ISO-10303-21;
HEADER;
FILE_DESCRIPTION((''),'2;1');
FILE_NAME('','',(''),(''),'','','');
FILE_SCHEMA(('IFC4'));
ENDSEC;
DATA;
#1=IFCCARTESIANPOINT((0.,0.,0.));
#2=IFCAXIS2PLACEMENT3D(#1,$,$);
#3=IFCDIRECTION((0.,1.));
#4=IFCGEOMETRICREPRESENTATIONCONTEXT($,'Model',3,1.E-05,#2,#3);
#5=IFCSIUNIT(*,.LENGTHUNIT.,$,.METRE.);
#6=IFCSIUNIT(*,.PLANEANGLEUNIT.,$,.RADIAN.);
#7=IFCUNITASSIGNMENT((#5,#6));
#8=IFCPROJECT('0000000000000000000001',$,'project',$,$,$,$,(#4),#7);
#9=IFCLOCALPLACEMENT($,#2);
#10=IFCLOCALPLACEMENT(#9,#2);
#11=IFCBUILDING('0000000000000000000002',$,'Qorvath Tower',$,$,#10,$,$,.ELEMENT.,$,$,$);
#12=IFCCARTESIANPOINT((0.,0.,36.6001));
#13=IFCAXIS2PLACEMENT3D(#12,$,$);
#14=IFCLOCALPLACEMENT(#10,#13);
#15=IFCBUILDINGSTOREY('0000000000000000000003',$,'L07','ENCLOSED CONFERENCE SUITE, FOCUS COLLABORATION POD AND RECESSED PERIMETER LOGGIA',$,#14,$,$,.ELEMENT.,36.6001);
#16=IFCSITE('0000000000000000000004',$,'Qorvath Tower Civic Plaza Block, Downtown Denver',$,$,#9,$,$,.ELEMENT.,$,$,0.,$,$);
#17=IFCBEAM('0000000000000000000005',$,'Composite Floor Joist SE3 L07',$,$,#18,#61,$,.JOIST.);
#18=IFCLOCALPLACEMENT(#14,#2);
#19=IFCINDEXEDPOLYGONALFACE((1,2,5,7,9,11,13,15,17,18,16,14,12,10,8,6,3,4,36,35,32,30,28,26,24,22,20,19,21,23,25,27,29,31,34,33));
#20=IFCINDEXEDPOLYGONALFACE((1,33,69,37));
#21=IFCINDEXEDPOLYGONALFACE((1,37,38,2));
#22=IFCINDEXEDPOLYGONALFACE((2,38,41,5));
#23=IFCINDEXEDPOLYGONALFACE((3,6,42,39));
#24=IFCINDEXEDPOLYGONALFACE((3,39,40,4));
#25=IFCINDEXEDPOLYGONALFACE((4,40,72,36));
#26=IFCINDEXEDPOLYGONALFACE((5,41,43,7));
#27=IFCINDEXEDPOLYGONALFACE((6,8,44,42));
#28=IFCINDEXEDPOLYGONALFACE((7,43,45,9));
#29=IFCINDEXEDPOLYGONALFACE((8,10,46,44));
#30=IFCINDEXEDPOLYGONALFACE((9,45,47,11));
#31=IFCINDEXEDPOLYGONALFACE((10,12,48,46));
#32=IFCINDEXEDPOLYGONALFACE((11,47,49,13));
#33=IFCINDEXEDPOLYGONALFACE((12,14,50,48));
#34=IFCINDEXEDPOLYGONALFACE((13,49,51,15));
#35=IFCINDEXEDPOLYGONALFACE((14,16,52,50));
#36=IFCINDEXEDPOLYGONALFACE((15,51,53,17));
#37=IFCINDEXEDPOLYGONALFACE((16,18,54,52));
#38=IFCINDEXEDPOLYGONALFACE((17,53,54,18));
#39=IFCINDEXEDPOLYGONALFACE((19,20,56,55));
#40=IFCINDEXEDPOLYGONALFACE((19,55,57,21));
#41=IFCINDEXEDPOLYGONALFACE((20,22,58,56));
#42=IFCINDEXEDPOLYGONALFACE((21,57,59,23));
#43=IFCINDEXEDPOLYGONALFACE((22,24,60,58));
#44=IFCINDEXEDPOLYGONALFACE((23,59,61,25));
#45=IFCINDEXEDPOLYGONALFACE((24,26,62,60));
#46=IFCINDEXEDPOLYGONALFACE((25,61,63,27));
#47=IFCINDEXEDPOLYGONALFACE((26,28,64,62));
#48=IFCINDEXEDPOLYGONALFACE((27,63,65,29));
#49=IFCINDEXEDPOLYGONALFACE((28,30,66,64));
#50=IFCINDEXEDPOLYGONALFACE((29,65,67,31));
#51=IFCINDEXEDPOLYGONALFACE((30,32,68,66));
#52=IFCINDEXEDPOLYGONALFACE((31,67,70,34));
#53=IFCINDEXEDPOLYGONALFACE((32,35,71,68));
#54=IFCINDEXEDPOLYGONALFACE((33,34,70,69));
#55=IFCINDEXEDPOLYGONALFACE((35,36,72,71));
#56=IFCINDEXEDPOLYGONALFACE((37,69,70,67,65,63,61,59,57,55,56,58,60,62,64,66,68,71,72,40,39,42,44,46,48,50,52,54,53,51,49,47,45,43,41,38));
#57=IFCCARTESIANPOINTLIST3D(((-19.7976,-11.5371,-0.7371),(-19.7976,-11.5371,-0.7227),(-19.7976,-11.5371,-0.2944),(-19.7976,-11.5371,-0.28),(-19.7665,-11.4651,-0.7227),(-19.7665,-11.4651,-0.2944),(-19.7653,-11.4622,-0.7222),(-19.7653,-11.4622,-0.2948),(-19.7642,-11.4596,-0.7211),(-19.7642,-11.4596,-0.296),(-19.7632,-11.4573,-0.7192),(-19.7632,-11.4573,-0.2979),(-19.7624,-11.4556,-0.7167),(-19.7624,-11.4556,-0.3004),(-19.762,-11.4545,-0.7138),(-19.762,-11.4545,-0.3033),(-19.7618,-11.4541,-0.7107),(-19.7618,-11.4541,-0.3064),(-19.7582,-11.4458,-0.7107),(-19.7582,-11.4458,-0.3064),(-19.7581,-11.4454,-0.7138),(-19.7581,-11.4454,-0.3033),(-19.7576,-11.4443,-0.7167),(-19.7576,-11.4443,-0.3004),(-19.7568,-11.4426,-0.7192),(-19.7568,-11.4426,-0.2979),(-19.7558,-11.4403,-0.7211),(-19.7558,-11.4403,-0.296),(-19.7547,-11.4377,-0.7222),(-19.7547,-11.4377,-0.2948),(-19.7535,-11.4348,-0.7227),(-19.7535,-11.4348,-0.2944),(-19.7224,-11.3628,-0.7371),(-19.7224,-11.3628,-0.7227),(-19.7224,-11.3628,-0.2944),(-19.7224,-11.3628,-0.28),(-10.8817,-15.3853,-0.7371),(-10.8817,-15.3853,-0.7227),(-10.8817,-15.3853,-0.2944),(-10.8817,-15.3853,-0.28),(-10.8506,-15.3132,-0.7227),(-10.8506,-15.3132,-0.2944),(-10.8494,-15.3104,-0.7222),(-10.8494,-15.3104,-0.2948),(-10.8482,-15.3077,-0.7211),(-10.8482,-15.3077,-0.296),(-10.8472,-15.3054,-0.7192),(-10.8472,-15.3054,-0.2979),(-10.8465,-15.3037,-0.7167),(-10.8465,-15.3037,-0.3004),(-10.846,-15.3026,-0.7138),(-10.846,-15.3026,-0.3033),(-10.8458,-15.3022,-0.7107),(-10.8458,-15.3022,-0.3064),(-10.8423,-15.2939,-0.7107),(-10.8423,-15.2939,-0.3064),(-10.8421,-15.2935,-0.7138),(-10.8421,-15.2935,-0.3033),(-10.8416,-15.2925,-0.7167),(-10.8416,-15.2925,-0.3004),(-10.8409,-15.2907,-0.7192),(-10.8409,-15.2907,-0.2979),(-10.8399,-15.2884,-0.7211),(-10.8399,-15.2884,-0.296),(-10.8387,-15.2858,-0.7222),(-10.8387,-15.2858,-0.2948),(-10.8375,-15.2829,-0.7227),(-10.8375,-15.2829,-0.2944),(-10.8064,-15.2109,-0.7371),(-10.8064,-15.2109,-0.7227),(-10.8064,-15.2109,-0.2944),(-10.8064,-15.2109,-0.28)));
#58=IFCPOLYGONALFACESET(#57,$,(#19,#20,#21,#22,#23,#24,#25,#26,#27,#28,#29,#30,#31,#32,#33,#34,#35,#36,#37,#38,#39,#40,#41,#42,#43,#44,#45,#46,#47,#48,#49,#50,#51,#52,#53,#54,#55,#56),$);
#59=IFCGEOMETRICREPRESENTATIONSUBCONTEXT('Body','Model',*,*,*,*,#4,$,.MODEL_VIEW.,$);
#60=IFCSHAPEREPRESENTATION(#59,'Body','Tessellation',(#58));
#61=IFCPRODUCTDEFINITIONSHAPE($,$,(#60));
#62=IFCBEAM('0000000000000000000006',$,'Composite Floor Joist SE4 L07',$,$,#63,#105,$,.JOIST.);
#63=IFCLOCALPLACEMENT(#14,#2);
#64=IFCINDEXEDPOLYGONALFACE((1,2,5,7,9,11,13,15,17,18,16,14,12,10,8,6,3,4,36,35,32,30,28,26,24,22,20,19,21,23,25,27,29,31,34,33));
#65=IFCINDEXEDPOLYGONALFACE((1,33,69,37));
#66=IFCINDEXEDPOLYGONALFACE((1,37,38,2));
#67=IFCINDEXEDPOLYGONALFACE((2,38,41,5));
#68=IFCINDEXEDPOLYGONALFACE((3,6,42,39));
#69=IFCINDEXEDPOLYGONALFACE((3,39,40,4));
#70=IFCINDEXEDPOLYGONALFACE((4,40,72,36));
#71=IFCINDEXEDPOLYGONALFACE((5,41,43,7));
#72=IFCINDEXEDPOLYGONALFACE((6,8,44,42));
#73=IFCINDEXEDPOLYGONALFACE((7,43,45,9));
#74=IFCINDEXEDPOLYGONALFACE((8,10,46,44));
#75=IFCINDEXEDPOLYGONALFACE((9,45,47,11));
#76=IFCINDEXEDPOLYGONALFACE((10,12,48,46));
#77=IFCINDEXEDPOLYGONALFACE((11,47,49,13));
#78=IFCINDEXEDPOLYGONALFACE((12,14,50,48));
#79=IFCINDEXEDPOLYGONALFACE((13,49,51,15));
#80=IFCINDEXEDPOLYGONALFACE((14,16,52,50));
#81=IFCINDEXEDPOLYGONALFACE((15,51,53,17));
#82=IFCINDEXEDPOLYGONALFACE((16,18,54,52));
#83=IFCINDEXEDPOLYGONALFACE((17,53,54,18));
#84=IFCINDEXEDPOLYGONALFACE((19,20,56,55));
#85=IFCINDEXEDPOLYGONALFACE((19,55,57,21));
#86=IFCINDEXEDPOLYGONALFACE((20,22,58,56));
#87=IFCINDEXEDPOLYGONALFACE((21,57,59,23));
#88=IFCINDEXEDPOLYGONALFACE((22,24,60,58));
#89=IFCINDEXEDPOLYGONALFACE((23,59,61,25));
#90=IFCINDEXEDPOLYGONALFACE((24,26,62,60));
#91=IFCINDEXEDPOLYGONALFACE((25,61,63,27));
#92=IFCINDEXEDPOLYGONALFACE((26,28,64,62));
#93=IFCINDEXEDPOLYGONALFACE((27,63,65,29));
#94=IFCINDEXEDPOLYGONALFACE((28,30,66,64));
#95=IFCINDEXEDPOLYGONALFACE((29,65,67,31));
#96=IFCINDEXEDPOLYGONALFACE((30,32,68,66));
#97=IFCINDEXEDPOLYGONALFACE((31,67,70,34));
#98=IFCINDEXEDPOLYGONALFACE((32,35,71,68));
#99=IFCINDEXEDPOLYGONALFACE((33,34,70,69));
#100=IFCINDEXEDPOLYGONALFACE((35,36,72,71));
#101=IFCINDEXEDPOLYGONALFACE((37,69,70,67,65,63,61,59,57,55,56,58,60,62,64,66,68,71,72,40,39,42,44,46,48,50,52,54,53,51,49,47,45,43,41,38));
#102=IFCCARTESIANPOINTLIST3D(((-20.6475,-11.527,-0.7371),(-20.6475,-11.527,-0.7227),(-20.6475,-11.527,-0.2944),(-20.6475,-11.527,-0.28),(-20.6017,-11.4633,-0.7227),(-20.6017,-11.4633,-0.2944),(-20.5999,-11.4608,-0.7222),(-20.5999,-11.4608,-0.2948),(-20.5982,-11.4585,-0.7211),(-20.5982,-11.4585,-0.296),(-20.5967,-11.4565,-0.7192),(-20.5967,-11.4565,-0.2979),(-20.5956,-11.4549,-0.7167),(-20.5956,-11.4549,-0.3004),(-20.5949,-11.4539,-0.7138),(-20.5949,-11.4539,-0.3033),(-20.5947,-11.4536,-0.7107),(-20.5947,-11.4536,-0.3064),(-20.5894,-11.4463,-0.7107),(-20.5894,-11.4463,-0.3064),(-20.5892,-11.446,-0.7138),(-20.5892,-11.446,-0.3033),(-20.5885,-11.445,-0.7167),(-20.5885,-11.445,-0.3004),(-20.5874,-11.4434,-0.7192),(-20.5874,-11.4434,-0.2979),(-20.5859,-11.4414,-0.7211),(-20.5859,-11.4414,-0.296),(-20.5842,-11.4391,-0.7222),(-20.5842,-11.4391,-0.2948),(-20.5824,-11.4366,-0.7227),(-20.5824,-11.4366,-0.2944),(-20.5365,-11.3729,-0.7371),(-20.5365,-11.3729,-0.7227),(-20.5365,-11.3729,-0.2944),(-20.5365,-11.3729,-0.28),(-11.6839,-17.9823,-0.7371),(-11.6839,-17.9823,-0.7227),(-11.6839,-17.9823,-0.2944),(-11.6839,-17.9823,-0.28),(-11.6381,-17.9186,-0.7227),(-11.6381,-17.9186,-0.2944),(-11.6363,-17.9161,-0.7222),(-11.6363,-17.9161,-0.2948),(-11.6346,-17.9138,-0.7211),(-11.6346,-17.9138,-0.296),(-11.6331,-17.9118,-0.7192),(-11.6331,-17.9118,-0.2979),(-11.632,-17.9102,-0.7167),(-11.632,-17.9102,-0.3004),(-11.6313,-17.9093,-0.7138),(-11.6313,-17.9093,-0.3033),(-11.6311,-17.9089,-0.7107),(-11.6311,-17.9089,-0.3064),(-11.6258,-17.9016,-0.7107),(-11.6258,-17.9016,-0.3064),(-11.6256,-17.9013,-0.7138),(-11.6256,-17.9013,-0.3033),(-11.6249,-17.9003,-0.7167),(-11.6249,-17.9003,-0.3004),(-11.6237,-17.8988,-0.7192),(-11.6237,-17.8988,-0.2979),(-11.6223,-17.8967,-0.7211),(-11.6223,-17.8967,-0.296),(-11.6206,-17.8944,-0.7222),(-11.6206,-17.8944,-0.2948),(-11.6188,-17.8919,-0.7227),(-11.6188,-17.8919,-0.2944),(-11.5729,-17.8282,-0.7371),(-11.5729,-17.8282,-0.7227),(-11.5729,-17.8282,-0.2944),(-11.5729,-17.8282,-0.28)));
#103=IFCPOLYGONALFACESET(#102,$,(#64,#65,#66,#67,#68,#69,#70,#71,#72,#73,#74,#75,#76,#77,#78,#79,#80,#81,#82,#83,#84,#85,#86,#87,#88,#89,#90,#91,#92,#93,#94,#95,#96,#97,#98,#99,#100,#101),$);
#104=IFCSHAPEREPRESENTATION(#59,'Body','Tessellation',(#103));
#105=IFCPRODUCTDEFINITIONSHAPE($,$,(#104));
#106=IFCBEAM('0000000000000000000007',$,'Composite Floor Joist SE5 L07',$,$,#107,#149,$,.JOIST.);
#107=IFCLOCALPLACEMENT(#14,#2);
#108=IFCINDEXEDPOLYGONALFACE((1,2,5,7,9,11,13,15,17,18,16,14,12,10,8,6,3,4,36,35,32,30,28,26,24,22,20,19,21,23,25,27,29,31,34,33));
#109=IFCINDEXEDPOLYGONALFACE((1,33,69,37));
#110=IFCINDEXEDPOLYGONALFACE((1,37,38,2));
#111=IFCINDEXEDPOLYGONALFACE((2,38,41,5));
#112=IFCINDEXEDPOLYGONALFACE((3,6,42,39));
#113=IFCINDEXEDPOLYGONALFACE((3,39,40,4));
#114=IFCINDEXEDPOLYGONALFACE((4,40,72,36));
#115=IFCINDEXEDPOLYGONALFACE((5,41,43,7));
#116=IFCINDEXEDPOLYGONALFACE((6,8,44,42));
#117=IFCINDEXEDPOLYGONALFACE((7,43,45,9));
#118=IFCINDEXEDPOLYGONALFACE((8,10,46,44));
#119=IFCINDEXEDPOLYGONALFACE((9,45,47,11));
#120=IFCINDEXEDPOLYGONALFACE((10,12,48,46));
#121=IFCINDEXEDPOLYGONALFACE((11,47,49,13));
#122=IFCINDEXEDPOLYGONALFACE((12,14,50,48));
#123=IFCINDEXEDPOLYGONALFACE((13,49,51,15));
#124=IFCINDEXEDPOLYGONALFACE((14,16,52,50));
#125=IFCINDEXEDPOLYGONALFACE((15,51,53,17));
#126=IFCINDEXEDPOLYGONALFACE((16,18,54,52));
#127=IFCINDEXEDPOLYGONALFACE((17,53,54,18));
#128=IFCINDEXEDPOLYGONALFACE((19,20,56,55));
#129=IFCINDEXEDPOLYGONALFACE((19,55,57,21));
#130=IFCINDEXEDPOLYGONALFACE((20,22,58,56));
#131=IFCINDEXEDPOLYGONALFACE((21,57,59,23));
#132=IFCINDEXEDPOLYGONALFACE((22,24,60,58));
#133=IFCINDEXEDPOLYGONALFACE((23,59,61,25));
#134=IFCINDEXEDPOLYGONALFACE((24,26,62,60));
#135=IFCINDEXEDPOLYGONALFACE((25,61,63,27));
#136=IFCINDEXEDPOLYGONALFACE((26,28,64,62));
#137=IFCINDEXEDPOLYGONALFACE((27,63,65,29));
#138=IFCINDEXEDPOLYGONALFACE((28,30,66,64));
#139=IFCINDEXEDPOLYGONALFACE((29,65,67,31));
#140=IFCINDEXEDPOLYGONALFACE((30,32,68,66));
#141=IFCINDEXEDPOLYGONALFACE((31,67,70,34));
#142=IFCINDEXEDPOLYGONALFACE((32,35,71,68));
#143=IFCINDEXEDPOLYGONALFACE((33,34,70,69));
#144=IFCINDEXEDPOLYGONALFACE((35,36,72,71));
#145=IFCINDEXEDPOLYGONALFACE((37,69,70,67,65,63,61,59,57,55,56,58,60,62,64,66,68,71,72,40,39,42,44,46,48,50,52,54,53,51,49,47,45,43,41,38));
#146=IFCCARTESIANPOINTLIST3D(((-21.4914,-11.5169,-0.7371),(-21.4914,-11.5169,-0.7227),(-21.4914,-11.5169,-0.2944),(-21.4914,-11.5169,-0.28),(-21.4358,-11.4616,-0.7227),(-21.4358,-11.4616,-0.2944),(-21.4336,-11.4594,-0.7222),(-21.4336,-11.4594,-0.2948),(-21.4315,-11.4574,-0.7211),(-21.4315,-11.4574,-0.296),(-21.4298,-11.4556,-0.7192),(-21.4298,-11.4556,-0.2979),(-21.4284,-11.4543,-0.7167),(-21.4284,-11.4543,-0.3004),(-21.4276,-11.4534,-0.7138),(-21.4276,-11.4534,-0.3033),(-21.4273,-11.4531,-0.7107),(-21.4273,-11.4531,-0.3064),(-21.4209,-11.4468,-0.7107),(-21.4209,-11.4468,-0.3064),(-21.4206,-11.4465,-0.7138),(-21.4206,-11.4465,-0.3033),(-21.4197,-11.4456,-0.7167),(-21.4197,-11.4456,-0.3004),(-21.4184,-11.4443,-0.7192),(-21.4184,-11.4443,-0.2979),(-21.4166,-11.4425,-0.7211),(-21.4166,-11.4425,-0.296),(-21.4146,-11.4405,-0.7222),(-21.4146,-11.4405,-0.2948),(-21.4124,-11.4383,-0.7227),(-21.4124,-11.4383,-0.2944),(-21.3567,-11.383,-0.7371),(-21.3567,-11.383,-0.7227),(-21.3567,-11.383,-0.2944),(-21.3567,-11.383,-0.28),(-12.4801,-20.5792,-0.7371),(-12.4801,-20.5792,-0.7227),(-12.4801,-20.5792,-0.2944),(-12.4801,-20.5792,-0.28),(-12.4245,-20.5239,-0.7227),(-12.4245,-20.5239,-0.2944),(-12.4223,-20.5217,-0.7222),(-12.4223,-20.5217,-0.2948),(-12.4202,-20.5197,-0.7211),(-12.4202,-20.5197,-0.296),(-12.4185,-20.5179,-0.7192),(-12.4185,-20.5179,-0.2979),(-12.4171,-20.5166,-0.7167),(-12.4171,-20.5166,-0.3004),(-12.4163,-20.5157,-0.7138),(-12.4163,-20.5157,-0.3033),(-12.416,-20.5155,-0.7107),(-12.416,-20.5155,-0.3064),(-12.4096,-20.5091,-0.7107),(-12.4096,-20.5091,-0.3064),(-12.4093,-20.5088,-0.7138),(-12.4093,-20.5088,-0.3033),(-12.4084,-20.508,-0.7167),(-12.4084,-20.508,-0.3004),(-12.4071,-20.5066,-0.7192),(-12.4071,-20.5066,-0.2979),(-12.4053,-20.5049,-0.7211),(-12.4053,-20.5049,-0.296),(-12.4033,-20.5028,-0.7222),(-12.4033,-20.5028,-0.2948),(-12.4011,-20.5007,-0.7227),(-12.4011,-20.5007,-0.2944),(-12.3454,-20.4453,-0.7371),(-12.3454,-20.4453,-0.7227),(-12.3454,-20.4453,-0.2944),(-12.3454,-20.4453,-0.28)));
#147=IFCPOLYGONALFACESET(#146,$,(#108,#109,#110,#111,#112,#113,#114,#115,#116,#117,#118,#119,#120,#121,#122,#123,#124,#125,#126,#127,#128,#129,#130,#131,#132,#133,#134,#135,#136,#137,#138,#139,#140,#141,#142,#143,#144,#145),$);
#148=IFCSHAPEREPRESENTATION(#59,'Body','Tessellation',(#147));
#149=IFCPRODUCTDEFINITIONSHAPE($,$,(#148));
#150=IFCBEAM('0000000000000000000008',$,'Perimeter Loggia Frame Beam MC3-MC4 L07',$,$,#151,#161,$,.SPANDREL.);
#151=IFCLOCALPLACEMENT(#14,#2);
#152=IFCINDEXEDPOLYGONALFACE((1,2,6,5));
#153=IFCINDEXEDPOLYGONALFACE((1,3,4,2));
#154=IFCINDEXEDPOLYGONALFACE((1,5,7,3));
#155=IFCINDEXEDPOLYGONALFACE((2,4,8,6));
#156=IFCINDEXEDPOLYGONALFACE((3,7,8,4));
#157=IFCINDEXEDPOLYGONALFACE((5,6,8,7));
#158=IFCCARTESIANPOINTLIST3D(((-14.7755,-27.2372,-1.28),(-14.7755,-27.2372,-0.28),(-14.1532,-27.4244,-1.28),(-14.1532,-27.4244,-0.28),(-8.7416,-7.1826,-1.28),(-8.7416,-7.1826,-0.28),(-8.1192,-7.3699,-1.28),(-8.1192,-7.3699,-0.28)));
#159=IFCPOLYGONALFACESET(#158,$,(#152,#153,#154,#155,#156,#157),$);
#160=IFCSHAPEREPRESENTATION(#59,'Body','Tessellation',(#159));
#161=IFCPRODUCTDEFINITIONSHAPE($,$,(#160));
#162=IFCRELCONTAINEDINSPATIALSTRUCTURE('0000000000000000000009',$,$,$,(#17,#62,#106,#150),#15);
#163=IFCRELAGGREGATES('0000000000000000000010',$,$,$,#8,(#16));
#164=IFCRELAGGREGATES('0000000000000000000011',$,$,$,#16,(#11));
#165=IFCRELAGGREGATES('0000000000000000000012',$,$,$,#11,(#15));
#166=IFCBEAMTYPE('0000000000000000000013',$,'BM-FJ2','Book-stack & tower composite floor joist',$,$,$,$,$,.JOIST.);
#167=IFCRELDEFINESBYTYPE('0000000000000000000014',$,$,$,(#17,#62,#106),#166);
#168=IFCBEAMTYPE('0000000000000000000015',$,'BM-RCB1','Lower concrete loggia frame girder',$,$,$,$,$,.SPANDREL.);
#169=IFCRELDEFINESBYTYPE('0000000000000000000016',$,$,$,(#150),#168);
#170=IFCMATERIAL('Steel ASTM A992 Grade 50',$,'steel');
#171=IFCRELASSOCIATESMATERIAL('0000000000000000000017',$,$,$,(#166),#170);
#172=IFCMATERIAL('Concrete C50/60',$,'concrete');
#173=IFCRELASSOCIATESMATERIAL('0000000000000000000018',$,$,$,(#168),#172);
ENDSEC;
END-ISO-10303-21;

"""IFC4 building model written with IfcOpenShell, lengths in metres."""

from ifc_helpers import new_model, si_unit, direction, frame, origin, origin_2d, place, context, subcontext, project, spatial, rectangle, i_section, extrude, material, material_profile, profile_set, type_object, element, save


model = new_model("IFC4")

# Units and contexts
model_context = context("Model", 3, precision=1e-05, world=origin(), true_north=direction((0.0, 1.0)))
body_context = subcontext(model_context, "Body", "Model", "MODEL_VIEW")
ifc_project = project(units=[si_unit("LENGTHUNIT", "METRE"), si_unit("PLANEANGLEUNIT", "RADIAN")], contexts=[model_context])

# Site, building, storey
site_placement = place(None, origin())
site = spatial("IfcSite", under=ifc_project, at=site_placement, Name="Qorvath Tower Civic Plaza Block, Downtown Denver", CompositionType="ELEMENT", RefElevation=0.0)
building_placement = place(site_placement, origin())
building = spatial("IfcBuilding", under=site, at=building_placement, Name="Qorvath Tower", CompositionType="ELEMENT")
storey_placement = place(building_placement, frame((0.0, 0.0, 36.6001)))
storey = spatial("IfcBuildingStorey", under=building, at=storey_placement, Name="L07", Description="ENCLOSED CONFERENCE SUITE, FOCUS COLLABORATION POD AND RECESSED PERIMETER LOGGIA", CompositionType="ELEMENT", Elevation=36.6001)

# Beams
ifc_material_1 = material(Name="Steel ASTM A992 Grade 50", Category="steel")
ifc_material_profile_1 = material_profile(ifc_material_1, i_section(OverallWidth=0.1899, OverallDepth=0.457, WebThickness=0.009, FlangeThickness=0.0144, FilletRadius=0.012, at=origin_2d()), Name="W18x50")
ifc_profile_set_1 = profile_set([ifc_material_profile_1], Name="Steel ASTM A992 Grade 50")
beam_type_1 = type_object("IfcBeamType", Name="BM-FJ2", Description="Book-stack & tower composite floor joist", PredefinedType="JOIST", material=ifc_profile_set_1)
beam_1_placement = place(storey_placement, frame((-19.76, -11.45, -0.5085), z_axis=(0.918136, -0.396266, 0.0), x_axis=(0.396266, 0.918136, 0.0)))
element("IfcBeam", 1, at=beam_1_placement, inside=storey, type_object=beam_type_1, Name="Composite Floor Joist SE3 L07", PredefinedType="JOIST", context=body_context, shape_type="SweptSolid", body=[
    extrude(i_section(OverallWidth=0.1899, OverallDepth=0.457, WebThickness=0.009, FlangeThickness=0.0144, FilletRadius=0.012, at=origin_2d()), origin(), (0.0, 0.0, 1.0), 9.7109),
])
beam_2_placement = place(storey_placement, frame((-20.592, -11.45, -0.5085), z_axis=(0.811469, -0.584395, 0.0), x_axis=(0.584395, 0.811469, 0.0)))
element("IfcBeam", 2, at=beam_2_placement, inside=storey, type_object=beam_type_1, Name="Composite Floor Joist SE4 L07", PredefinedType="JOIST", context=body_context, shape_type="SweptSolid", body=[
    extrude(i_section(OverallWidth=0.1899, OverallDepth=0.457, WebThickness=0.009, FlangeThickness=0.0144, FilletRadius=0.012, at=origin_2d()), origin(), (0.0, 0.0, 1.0), 11.0461),
])
beam_3_placement = place(storey_placement, frame((-21.4241, -11.45, -0.5085), z_axis=(0.705108, -0.7091, 0.0), x_axis=(0.7091, 0.705108, 0.0)))
element("IfcBeam", 3, at=beam_3_placement, inside=storey, type_object=beam_type_1, Name="Composite Floor Joist SE5 L07", PredefinedType="JOIST", context=body_context, shape_type="SweptSolid", body=[
    extrude(i_section(OverallWidth=0.1899, OverallDepth=0.457, WebThickness=0.009, FlangeThickness=0.0144, FilletRadius=0.012, at=origin_2d()), origin(), (0.0, 0.0, 1.0), 12.78),
])
ifc_material_2 = material(Name="Concrete C50/60", Category="concrete")
ifc_material_profile_2 = material_profile(ifc_material_2, rectangle(XDim=0.6499, YDim=1.0, at=origin_2d()), Name="RCB 1000x650")
ifc_profile_set_2 = profile_set([ifc_material_profile_2], Name="Concrete C50/60")
beam_type_2 = type_object("IfcBeamType", Name="BM-RCB1", Description="Lower concrete loggia frame girder", PredefinedType="SPANDREL", material=ifc_profile_set_2)
beam_4_placement = place(storey_placement, frame((-14.4644, -27.3308, -0.78), z_axis=(0.288119, 0.957595, 0.0), x_axis=(-0.957595, 0.288119, 0.0)))
element("IfcBeam", 4, at=beam_4_placement, inside=storey, type_object=beam_type_2, Name="Perimeter Loggia Frame Beam MC3-MC4 L07", PredefinedType="SPANDREL", context=body_context, shape_type="SweptSolid", body=[
    extrude(rectangle(XDim=0.6499, YDim=1.0, at=origin_2d()), origin(), (0.0, 0.0, 1.0), 20.9426),
])

save(model, "model.ifc")
